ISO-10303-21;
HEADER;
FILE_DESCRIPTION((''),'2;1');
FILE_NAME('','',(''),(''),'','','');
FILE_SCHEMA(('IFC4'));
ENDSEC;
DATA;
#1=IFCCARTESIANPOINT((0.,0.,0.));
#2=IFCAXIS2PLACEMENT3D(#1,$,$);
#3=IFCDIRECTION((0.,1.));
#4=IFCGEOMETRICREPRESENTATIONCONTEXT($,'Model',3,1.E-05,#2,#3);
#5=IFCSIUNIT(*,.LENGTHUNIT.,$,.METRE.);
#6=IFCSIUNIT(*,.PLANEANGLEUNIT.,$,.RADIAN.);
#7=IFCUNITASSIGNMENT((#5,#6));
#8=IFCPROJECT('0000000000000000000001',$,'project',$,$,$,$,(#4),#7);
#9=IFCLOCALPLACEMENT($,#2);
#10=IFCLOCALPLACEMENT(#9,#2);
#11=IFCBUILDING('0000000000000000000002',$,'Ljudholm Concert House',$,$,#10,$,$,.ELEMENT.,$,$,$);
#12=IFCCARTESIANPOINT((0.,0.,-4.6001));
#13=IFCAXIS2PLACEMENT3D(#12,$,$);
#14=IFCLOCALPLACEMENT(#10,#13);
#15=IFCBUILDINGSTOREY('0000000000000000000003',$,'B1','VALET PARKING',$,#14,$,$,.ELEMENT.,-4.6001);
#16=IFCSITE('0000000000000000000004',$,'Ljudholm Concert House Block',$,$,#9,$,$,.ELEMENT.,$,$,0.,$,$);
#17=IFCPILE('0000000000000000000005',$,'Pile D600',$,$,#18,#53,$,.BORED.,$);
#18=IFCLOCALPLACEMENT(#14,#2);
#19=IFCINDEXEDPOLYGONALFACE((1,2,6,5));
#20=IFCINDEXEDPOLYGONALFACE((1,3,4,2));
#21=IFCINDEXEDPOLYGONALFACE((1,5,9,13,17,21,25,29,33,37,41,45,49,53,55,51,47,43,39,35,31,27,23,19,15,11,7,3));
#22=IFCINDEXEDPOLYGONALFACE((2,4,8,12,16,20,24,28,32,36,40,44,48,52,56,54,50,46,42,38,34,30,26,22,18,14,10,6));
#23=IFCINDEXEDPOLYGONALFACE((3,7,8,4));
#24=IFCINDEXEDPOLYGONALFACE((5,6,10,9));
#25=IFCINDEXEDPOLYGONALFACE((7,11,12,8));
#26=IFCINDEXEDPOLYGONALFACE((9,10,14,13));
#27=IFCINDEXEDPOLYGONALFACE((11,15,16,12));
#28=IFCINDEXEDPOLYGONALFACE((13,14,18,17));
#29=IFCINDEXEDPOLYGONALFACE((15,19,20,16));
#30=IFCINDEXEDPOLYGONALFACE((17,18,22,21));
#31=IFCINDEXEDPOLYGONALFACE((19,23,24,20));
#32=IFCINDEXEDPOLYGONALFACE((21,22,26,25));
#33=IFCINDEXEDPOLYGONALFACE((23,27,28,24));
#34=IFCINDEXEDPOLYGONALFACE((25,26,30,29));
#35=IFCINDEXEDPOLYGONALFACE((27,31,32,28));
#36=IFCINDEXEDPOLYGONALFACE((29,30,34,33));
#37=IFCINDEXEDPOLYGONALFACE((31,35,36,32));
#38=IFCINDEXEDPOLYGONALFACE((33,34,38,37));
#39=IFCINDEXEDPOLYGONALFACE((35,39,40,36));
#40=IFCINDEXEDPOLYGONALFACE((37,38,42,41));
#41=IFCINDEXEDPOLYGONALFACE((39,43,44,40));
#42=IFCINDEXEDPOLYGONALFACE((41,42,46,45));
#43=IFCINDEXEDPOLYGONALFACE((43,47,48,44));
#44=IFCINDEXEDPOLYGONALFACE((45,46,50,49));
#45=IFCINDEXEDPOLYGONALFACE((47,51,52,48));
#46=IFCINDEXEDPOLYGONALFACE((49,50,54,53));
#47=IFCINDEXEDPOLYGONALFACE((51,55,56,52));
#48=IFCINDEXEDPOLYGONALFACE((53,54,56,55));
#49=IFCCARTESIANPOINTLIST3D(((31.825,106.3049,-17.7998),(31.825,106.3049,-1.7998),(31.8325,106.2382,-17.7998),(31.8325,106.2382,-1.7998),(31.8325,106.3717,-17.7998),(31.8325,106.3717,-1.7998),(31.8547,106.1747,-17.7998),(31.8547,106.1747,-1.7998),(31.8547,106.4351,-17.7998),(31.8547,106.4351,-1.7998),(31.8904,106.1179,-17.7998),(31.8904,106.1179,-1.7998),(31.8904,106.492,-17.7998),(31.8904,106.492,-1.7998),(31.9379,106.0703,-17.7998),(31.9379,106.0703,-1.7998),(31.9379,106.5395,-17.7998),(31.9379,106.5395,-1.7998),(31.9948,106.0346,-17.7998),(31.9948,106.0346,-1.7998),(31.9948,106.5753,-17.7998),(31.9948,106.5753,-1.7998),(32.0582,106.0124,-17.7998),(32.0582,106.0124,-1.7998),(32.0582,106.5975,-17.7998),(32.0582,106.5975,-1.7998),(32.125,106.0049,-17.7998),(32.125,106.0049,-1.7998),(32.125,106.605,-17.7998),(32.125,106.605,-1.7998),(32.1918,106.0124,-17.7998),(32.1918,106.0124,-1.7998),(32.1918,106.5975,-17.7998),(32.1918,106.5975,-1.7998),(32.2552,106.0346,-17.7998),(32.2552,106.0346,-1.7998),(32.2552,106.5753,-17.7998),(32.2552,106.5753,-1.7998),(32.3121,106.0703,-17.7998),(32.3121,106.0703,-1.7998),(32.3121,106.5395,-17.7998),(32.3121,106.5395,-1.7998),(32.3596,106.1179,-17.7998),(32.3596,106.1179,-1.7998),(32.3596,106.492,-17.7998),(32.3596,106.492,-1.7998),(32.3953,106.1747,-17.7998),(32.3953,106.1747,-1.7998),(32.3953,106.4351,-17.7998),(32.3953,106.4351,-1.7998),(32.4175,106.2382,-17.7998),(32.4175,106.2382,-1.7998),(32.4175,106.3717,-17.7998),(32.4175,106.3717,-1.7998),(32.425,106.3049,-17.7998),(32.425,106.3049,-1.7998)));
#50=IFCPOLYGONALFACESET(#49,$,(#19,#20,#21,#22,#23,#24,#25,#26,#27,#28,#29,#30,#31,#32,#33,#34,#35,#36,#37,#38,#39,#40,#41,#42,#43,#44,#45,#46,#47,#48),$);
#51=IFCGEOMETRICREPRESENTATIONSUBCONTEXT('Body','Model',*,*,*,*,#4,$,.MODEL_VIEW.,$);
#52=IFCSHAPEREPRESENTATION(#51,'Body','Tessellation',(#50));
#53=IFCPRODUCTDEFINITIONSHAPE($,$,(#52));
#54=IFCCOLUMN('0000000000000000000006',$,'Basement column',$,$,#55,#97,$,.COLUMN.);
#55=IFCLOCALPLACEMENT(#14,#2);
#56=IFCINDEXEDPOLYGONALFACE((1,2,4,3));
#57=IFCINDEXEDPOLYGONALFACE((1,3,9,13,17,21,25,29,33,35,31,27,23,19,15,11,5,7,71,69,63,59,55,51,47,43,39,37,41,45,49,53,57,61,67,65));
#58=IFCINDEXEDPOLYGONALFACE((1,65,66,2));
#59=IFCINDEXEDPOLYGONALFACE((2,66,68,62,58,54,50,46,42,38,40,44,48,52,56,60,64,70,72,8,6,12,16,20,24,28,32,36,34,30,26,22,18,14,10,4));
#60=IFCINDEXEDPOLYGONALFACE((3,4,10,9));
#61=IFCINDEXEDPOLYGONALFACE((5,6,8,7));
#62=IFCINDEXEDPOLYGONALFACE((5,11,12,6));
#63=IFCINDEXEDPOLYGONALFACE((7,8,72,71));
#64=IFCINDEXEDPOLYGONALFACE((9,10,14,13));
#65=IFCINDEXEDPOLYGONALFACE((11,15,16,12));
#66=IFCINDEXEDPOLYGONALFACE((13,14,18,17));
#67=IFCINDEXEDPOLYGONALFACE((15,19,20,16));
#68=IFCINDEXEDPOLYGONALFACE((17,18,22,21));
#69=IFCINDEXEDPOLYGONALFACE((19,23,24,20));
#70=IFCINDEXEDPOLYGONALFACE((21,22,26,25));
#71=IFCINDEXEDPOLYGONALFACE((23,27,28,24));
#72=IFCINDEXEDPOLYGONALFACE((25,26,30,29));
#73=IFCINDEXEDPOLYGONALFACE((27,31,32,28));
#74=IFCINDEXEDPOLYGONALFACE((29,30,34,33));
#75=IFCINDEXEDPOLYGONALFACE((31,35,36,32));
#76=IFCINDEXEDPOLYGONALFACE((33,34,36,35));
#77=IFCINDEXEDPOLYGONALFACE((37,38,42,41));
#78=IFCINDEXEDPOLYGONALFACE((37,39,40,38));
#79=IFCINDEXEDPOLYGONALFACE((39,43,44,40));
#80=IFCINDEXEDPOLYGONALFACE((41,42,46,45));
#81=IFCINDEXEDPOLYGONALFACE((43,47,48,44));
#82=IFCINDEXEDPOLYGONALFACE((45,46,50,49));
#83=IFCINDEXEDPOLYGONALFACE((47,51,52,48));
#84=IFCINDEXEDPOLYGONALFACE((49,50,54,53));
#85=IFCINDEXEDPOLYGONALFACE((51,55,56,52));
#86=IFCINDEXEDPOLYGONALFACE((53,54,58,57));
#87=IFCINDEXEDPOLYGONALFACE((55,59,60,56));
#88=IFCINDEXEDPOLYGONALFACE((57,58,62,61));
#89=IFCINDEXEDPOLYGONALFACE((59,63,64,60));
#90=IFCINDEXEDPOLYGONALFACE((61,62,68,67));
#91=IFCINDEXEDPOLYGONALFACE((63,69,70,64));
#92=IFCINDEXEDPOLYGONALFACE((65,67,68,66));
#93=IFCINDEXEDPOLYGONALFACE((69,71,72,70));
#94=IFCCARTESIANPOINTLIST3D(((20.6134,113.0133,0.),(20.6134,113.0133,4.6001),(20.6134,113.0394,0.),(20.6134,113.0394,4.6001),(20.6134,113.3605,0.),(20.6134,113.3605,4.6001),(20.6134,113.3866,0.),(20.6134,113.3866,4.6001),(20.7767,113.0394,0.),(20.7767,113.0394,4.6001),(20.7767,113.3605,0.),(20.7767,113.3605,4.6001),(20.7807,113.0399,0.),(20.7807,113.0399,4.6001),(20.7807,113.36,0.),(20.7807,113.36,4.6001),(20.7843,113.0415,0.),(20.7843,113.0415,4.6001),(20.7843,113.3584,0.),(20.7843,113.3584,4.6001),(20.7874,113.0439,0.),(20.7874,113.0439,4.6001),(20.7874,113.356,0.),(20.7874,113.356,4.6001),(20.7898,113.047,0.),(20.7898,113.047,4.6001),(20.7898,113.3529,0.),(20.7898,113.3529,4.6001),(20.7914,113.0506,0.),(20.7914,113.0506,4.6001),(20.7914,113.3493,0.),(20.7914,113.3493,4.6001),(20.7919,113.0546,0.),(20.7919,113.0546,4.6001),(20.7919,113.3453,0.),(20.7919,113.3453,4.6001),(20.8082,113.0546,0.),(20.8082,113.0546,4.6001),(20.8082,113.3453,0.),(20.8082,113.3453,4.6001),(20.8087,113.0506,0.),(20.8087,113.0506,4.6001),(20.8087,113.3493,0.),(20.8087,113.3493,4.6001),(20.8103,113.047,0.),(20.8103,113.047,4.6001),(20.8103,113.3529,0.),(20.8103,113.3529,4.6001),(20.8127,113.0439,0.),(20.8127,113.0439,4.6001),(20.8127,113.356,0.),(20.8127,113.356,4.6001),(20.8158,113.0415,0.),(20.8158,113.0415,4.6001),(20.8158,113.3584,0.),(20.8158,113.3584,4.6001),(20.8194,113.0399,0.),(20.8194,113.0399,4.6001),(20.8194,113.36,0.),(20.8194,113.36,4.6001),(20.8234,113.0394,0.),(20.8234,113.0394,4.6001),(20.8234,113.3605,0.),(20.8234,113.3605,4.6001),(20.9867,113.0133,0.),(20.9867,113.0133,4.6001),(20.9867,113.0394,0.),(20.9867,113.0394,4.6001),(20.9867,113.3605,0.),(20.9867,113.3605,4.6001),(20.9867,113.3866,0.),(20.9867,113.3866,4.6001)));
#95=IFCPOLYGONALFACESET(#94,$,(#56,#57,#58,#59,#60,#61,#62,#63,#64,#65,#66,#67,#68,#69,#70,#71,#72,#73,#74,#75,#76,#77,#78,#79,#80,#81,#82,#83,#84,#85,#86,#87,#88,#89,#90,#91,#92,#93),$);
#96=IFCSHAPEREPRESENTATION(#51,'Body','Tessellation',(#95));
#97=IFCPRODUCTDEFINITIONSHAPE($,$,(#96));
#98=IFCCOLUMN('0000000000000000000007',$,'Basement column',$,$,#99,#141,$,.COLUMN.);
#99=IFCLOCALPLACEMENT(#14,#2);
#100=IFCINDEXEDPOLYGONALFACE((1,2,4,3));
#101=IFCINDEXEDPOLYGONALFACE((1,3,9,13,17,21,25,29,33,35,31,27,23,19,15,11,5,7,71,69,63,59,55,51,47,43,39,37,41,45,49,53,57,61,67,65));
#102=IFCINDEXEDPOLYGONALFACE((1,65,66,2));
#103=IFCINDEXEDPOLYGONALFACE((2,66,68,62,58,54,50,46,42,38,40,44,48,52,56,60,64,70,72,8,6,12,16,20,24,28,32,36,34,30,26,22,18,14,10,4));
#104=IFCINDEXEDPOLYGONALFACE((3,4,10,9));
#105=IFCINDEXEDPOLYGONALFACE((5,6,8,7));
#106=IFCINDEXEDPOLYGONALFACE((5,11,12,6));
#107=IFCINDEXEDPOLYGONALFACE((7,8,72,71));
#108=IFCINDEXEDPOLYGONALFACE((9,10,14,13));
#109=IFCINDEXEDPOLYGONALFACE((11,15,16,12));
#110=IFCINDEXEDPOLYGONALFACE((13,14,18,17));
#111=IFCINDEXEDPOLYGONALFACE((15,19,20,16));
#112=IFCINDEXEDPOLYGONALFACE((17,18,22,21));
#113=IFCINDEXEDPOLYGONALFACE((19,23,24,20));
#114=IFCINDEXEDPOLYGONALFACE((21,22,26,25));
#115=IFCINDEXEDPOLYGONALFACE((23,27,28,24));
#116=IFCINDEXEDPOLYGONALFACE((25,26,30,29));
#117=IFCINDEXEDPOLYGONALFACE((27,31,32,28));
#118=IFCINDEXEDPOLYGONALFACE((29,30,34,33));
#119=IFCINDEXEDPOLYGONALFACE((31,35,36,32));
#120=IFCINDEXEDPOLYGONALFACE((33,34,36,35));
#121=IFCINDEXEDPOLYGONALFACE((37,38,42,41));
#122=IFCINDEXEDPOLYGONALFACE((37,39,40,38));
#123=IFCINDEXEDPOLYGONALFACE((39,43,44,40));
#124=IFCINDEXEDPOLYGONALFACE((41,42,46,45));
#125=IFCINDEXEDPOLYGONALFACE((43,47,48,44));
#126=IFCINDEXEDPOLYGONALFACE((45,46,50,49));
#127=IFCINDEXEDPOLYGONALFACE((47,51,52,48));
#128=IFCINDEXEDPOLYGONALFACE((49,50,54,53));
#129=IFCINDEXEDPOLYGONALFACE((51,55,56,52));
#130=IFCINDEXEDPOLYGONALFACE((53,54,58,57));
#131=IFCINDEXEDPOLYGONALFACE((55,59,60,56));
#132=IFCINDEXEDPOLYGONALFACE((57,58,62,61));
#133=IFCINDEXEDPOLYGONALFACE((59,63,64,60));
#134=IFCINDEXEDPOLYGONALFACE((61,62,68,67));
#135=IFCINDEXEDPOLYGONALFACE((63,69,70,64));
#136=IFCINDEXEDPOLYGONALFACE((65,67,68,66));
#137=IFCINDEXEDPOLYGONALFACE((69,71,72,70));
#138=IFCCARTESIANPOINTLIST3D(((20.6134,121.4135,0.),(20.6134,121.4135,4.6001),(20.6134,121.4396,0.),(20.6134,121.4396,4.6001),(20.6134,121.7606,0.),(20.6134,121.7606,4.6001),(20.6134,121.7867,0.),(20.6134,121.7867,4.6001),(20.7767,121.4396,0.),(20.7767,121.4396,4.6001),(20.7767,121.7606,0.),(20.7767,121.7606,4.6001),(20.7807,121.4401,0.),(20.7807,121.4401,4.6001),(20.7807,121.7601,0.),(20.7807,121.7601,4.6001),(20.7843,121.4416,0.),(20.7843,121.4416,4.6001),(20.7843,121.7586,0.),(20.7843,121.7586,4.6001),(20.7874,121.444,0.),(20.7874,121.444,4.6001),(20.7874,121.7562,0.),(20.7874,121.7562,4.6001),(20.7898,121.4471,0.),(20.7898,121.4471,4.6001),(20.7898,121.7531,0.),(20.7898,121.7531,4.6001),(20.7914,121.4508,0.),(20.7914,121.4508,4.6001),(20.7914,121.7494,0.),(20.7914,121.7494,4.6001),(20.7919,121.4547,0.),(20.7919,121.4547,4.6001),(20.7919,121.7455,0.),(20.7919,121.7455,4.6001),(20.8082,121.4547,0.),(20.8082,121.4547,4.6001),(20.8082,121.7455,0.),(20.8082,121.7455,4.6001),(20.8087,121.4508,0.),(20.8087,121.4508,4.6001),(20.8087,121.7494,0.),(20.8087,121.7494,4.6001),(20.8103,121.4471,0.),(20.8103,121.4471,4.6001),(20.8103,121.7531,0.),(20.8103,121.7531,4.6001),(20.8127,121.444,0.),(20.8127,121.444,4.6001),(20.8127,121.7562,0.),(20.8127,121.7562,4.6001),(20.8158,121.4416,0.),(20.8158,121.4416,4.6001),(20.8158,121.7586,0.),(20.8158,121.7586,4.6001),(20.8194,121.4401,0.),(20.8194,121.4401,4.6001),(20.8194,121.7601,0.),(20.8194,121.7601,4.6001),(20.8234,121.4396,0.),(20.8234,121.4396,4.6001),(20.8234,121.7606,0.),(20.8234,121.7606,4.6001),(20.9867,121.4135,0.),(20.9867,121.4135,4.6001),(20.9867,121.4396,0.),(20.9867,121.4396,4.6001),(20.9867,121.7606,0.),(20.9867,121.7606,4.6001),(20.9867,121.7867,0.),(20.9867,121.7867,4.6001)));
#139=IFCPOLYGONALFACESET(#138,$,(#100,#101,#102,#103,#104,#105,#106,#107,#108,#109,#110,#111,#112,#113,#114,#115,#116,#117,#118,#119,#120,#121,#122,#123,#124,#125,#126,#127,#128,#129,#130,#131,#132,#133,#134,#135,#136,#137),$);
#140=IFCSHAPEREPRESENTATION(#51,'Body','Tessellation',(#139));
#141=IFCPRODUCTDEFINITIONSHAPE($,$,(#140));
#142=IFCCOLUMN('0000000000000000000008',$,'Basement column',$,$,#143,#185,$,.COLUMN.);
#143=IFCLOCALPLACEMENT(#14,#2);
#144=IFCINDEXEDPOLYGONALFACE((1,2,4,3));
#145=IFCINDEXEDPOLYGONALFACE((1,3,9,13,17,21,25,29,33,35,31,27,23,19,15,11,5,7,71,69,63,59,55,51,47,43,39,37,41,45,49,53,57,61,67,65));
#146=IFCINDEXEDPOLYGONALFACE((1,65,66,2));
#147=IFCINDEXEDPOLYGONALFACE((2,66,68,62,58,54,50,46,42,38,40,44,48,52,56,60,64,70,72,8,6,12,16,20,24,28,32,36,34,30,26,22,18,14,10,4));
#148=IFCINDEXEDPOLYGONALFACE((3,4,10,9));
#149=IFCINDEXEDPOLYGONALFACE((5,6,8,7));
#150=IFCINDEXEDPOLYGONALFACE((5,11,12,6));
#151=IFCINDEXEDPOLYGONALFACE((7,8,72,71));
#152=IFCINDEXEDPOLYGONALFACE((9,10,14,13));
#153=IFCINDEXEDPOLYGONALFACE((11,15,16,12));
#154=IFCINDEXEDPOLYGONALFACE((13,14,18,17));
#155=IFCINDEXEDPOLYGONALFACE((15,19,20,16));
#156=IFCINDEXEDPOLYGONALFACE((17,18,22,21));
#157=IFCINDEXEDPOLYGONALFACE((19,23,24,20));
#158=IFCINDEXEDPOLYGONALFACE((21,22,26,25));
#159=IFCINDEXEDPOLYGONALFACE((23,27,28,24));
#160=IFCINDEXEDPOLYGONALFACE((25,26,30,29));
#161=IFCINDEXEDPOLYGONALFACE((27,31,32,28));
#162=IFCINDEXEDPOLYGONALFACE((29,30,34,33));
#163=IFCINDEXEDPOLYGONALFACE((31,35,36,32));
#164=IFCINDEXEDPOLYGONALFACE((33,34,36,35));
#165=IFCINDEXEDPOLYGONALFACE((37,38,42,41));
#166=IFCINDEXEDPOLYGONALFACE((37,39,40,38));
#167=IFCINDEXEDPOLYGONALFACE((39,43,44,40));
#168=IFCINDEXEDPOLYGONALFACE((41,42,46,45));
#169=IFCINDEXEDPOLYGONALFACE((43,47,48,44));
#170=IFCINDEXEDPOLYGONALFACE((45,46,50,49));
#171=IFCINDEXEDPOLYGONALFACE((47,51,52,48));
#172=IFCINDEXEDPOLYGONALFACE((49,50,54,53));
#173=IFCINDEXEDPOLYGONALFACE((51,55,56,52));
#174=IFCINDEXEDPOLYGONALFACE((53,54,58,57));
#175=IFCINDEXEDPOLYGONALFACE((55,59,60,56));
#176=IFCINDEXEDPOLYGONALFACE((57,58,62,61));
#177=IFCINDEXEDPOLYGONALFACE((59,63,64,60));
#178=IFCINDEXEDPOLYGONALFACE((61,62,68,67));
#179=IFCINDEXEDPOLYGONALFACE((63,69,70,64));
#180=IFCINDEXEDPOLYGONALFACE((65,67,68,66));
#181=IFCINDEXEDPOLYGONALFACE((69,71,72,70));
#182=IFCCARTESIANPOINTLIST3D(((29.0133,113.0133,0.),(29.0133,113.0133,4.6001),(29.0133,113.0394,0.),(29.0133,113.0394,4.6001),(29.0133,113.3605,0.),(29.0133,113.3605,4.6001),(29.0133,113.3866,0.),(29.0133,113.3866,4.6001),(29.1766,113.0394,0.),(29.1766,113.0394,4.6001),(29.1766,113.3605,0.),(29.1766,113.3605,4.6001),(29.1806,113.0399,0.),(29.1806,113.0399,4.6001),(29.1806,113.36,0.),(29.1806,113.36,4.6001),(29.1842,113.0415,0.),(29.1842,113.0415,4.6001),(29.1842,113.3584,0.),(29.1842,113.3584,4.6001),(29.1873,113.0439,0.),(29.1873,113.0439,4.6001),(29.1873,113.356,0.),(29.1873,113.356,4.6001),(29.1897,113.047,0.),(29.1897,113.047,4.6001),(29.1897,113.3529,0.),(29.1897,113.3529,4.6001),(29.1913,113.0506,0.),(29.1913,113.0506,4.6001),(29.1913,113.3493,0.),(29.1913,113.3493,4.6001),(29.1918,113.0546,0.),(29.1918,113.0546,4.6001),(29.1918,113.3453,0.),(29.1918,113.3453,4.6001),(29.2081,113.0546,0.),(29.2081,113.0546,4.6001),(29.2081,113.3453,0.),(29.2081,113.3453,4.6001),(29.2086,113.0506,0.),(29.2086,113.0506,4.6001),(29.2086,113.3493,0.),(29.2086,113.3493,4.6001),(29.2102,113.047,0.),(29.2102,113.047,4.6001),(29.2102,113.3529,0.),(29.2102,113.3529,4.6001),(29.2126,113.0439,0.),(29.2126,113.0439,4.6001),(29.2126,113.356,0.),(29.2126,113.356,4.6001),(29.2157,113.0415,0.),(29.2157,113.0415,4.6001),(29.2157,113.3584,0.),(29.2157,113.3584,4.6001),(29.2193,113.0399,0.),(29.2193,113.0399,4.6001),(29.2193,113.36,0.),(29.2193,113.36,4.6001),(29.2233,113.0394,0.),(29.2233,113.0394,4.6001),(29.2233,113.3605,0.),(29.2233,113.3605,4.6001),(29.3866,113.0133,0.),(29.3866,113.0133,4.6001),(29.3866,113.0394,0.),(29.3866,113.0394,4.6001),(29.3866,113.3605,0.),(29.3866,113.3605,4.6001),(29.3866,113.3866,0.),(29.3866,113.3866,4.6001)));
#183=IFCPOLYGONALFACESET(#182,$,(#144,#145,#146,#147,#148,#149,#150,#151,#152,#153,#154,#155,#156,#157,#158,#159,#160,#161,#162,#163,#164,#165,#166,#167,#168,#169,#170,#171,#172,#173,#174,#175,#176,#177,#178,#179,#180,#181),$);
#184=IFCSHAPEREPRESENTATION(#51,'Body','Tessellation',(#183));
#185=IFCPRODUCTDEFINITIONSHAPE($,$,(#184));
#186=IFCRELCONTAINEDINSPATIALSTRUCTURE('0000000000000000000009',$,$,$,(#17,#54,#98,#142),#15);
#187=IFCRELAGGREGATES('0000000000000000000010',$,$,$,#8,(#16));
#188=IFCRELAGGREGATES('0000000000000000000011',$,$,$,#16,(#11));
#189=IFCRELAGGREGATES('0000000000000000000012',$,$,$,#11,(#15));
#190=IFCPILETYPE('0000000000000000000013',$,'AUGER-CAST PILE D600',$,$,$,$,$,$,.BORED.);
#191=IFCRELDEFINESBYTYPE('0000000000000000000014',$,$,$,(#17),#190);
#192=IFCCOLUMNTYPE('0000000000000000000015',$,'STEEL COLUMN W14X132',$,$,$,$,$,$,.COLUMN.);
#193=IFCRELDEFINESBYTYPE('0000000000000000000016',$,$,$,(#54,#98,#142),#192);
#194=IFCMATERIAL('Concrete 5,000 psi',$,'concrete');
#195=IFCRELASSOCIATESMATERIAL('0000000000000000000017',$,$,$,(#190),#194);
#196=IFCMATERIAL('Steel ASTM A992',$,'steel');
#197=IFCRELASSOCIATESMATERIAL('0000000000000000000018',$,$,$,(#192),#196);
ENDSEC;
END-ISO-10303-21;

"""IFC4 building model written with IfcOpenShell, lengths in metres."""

from ifc_helpers import new_model, si_unit, direction, frame, origin, origin_2d, place, context, subcontext, project, spatial, circle, i_section, extrude, material, material_profile, profile_set, type_object, element, save


model = new_model("IFC4")

# Units and contexts
model_context = context("Model", 3, precision=1e-05, world=origin(), true_north=direction((0.0, 1.0)))
body_context = subcontext(model_context, "Body", "Model", "MODEL_VIEW")
ifc_project = project(units=[si_unit("LENGTHUNIT", "METRE"), si_unit("PLANEANGLEUNIT", "RADIAN")], contexts=[model_context])

# Site, building, storey
site_placement = place(None, origin())
site = spatial("IfcSite", under=ifc_project, at=site_placement, Name="Ljudholm Concert House Block", CompositionType="ELEMENT", RefElevation=0.0)
building_placement = place(site_placement, origin())
building = spatial("IfcBuilding", under=site, at=building_placement, Name="Ljudholm Concert House", CompositionType="ELEMENT")
storey_placement = place(building_placement, frame((0.0, 0.0, -4.6001)))
storey = spatial("IfcBuildingStorey", under=building, at=storey_placement, Name="B1", Description="VALET PARKING", CompositionType="ELEMENT", Elevation=-4.6001)

# Pile
ifc_material_1 = material(Name="Concrete 5,000 psi", Category="concrete")
ifc_material_profile_1 = material_profile(ifc_material_1, circle(Radius=0.3, at=origin_2d()), Name="AUGER-CAST PILE D600")
ifc_profile_set_1 = profile_set([ifc_material_profile_1], Name="Concrete 5,000 psi")
pile_type = type_object("IfcPileType", Name="AUGER-CAST PILE D600", PredefinedType="BORED", material=ifc_profile_set_1)
for number, where, z_axis, x_axis, name in (
    (1, (32.125, 106.3049, -1.7998), (0.0, 0.0, -1.0), (1.0, 0.0, 0.0), "Pile D600"),
):
    element("IfcPile", number, at=place(storey_placement, frame(where, z_axis=z_axis, x_axis=x_axis)), inside=storey, type_object=pile_type, Name=name, PredefinedType="BORED", context=body_context, shape_type="SweptSolid", body=[
        extrude(circle(Radius=0.3, at=origin_2d()), origin(), (0.0, 0.0, 1.0), 16.0),
    ])

# Columns
ifc_material_2 = material(Name="Steel ASTM A992", Category="steel")
ifc_material_profile_2 = material_profile(ifc_material_2, i_section(OverallWidth=0.3733, OverallDepth=0.3733, WebThickness=0.0164, FlangeThickness=0.0261, FilletRadius=0.0151, at=origin_2d()), Name="W14X132")
ifc_profile_set_2 = profile_set([ifc_material_profile_2], Name="Steel ASTM A992")
column_type = type_object("IfcColumnType", Name="STEEL COLUMN W14X132", PredefinedType="COLUMN", material=ifc_profile_set_2)
for number, where, z_axis, x_axis, name in (
    (2, (20.8, 113.2, 0.0), (0.0, 0.0, 1.0), (1.0, 0.0, 0.0), "Basement column"),
    (3, (20.8, 121.6001, 0.0), (0.0, 0.0, 1.0), (1.0, 0.0, 0.0), "Basement column"),
    (4, (29.2, 113.2, 0.0), (0.0, 0.0, 1.0), (1.0, 0.0, 0.0), "Basement column"),
):
    element("IfcColumn", number, at=place(storey_placement, frame(where, z_axis=z_axis, x_axis=x_axis)), inside=storey, type_object=column_type, Name=name, PredefinedType="COLUMN", context=body_context, shape_type="SweptSolid", body=[
        extrude(i_section(OverallWidth=0.3733, OverallDepth=0.3733, WebThickness=0.0164, FlangeThickness=0.0261, FilletRadius=0.0151, at=origin_2d()), origin(), (0.0, 0.0, 1.0), 4.6001),
    ])

save(model, "model.ifc")
